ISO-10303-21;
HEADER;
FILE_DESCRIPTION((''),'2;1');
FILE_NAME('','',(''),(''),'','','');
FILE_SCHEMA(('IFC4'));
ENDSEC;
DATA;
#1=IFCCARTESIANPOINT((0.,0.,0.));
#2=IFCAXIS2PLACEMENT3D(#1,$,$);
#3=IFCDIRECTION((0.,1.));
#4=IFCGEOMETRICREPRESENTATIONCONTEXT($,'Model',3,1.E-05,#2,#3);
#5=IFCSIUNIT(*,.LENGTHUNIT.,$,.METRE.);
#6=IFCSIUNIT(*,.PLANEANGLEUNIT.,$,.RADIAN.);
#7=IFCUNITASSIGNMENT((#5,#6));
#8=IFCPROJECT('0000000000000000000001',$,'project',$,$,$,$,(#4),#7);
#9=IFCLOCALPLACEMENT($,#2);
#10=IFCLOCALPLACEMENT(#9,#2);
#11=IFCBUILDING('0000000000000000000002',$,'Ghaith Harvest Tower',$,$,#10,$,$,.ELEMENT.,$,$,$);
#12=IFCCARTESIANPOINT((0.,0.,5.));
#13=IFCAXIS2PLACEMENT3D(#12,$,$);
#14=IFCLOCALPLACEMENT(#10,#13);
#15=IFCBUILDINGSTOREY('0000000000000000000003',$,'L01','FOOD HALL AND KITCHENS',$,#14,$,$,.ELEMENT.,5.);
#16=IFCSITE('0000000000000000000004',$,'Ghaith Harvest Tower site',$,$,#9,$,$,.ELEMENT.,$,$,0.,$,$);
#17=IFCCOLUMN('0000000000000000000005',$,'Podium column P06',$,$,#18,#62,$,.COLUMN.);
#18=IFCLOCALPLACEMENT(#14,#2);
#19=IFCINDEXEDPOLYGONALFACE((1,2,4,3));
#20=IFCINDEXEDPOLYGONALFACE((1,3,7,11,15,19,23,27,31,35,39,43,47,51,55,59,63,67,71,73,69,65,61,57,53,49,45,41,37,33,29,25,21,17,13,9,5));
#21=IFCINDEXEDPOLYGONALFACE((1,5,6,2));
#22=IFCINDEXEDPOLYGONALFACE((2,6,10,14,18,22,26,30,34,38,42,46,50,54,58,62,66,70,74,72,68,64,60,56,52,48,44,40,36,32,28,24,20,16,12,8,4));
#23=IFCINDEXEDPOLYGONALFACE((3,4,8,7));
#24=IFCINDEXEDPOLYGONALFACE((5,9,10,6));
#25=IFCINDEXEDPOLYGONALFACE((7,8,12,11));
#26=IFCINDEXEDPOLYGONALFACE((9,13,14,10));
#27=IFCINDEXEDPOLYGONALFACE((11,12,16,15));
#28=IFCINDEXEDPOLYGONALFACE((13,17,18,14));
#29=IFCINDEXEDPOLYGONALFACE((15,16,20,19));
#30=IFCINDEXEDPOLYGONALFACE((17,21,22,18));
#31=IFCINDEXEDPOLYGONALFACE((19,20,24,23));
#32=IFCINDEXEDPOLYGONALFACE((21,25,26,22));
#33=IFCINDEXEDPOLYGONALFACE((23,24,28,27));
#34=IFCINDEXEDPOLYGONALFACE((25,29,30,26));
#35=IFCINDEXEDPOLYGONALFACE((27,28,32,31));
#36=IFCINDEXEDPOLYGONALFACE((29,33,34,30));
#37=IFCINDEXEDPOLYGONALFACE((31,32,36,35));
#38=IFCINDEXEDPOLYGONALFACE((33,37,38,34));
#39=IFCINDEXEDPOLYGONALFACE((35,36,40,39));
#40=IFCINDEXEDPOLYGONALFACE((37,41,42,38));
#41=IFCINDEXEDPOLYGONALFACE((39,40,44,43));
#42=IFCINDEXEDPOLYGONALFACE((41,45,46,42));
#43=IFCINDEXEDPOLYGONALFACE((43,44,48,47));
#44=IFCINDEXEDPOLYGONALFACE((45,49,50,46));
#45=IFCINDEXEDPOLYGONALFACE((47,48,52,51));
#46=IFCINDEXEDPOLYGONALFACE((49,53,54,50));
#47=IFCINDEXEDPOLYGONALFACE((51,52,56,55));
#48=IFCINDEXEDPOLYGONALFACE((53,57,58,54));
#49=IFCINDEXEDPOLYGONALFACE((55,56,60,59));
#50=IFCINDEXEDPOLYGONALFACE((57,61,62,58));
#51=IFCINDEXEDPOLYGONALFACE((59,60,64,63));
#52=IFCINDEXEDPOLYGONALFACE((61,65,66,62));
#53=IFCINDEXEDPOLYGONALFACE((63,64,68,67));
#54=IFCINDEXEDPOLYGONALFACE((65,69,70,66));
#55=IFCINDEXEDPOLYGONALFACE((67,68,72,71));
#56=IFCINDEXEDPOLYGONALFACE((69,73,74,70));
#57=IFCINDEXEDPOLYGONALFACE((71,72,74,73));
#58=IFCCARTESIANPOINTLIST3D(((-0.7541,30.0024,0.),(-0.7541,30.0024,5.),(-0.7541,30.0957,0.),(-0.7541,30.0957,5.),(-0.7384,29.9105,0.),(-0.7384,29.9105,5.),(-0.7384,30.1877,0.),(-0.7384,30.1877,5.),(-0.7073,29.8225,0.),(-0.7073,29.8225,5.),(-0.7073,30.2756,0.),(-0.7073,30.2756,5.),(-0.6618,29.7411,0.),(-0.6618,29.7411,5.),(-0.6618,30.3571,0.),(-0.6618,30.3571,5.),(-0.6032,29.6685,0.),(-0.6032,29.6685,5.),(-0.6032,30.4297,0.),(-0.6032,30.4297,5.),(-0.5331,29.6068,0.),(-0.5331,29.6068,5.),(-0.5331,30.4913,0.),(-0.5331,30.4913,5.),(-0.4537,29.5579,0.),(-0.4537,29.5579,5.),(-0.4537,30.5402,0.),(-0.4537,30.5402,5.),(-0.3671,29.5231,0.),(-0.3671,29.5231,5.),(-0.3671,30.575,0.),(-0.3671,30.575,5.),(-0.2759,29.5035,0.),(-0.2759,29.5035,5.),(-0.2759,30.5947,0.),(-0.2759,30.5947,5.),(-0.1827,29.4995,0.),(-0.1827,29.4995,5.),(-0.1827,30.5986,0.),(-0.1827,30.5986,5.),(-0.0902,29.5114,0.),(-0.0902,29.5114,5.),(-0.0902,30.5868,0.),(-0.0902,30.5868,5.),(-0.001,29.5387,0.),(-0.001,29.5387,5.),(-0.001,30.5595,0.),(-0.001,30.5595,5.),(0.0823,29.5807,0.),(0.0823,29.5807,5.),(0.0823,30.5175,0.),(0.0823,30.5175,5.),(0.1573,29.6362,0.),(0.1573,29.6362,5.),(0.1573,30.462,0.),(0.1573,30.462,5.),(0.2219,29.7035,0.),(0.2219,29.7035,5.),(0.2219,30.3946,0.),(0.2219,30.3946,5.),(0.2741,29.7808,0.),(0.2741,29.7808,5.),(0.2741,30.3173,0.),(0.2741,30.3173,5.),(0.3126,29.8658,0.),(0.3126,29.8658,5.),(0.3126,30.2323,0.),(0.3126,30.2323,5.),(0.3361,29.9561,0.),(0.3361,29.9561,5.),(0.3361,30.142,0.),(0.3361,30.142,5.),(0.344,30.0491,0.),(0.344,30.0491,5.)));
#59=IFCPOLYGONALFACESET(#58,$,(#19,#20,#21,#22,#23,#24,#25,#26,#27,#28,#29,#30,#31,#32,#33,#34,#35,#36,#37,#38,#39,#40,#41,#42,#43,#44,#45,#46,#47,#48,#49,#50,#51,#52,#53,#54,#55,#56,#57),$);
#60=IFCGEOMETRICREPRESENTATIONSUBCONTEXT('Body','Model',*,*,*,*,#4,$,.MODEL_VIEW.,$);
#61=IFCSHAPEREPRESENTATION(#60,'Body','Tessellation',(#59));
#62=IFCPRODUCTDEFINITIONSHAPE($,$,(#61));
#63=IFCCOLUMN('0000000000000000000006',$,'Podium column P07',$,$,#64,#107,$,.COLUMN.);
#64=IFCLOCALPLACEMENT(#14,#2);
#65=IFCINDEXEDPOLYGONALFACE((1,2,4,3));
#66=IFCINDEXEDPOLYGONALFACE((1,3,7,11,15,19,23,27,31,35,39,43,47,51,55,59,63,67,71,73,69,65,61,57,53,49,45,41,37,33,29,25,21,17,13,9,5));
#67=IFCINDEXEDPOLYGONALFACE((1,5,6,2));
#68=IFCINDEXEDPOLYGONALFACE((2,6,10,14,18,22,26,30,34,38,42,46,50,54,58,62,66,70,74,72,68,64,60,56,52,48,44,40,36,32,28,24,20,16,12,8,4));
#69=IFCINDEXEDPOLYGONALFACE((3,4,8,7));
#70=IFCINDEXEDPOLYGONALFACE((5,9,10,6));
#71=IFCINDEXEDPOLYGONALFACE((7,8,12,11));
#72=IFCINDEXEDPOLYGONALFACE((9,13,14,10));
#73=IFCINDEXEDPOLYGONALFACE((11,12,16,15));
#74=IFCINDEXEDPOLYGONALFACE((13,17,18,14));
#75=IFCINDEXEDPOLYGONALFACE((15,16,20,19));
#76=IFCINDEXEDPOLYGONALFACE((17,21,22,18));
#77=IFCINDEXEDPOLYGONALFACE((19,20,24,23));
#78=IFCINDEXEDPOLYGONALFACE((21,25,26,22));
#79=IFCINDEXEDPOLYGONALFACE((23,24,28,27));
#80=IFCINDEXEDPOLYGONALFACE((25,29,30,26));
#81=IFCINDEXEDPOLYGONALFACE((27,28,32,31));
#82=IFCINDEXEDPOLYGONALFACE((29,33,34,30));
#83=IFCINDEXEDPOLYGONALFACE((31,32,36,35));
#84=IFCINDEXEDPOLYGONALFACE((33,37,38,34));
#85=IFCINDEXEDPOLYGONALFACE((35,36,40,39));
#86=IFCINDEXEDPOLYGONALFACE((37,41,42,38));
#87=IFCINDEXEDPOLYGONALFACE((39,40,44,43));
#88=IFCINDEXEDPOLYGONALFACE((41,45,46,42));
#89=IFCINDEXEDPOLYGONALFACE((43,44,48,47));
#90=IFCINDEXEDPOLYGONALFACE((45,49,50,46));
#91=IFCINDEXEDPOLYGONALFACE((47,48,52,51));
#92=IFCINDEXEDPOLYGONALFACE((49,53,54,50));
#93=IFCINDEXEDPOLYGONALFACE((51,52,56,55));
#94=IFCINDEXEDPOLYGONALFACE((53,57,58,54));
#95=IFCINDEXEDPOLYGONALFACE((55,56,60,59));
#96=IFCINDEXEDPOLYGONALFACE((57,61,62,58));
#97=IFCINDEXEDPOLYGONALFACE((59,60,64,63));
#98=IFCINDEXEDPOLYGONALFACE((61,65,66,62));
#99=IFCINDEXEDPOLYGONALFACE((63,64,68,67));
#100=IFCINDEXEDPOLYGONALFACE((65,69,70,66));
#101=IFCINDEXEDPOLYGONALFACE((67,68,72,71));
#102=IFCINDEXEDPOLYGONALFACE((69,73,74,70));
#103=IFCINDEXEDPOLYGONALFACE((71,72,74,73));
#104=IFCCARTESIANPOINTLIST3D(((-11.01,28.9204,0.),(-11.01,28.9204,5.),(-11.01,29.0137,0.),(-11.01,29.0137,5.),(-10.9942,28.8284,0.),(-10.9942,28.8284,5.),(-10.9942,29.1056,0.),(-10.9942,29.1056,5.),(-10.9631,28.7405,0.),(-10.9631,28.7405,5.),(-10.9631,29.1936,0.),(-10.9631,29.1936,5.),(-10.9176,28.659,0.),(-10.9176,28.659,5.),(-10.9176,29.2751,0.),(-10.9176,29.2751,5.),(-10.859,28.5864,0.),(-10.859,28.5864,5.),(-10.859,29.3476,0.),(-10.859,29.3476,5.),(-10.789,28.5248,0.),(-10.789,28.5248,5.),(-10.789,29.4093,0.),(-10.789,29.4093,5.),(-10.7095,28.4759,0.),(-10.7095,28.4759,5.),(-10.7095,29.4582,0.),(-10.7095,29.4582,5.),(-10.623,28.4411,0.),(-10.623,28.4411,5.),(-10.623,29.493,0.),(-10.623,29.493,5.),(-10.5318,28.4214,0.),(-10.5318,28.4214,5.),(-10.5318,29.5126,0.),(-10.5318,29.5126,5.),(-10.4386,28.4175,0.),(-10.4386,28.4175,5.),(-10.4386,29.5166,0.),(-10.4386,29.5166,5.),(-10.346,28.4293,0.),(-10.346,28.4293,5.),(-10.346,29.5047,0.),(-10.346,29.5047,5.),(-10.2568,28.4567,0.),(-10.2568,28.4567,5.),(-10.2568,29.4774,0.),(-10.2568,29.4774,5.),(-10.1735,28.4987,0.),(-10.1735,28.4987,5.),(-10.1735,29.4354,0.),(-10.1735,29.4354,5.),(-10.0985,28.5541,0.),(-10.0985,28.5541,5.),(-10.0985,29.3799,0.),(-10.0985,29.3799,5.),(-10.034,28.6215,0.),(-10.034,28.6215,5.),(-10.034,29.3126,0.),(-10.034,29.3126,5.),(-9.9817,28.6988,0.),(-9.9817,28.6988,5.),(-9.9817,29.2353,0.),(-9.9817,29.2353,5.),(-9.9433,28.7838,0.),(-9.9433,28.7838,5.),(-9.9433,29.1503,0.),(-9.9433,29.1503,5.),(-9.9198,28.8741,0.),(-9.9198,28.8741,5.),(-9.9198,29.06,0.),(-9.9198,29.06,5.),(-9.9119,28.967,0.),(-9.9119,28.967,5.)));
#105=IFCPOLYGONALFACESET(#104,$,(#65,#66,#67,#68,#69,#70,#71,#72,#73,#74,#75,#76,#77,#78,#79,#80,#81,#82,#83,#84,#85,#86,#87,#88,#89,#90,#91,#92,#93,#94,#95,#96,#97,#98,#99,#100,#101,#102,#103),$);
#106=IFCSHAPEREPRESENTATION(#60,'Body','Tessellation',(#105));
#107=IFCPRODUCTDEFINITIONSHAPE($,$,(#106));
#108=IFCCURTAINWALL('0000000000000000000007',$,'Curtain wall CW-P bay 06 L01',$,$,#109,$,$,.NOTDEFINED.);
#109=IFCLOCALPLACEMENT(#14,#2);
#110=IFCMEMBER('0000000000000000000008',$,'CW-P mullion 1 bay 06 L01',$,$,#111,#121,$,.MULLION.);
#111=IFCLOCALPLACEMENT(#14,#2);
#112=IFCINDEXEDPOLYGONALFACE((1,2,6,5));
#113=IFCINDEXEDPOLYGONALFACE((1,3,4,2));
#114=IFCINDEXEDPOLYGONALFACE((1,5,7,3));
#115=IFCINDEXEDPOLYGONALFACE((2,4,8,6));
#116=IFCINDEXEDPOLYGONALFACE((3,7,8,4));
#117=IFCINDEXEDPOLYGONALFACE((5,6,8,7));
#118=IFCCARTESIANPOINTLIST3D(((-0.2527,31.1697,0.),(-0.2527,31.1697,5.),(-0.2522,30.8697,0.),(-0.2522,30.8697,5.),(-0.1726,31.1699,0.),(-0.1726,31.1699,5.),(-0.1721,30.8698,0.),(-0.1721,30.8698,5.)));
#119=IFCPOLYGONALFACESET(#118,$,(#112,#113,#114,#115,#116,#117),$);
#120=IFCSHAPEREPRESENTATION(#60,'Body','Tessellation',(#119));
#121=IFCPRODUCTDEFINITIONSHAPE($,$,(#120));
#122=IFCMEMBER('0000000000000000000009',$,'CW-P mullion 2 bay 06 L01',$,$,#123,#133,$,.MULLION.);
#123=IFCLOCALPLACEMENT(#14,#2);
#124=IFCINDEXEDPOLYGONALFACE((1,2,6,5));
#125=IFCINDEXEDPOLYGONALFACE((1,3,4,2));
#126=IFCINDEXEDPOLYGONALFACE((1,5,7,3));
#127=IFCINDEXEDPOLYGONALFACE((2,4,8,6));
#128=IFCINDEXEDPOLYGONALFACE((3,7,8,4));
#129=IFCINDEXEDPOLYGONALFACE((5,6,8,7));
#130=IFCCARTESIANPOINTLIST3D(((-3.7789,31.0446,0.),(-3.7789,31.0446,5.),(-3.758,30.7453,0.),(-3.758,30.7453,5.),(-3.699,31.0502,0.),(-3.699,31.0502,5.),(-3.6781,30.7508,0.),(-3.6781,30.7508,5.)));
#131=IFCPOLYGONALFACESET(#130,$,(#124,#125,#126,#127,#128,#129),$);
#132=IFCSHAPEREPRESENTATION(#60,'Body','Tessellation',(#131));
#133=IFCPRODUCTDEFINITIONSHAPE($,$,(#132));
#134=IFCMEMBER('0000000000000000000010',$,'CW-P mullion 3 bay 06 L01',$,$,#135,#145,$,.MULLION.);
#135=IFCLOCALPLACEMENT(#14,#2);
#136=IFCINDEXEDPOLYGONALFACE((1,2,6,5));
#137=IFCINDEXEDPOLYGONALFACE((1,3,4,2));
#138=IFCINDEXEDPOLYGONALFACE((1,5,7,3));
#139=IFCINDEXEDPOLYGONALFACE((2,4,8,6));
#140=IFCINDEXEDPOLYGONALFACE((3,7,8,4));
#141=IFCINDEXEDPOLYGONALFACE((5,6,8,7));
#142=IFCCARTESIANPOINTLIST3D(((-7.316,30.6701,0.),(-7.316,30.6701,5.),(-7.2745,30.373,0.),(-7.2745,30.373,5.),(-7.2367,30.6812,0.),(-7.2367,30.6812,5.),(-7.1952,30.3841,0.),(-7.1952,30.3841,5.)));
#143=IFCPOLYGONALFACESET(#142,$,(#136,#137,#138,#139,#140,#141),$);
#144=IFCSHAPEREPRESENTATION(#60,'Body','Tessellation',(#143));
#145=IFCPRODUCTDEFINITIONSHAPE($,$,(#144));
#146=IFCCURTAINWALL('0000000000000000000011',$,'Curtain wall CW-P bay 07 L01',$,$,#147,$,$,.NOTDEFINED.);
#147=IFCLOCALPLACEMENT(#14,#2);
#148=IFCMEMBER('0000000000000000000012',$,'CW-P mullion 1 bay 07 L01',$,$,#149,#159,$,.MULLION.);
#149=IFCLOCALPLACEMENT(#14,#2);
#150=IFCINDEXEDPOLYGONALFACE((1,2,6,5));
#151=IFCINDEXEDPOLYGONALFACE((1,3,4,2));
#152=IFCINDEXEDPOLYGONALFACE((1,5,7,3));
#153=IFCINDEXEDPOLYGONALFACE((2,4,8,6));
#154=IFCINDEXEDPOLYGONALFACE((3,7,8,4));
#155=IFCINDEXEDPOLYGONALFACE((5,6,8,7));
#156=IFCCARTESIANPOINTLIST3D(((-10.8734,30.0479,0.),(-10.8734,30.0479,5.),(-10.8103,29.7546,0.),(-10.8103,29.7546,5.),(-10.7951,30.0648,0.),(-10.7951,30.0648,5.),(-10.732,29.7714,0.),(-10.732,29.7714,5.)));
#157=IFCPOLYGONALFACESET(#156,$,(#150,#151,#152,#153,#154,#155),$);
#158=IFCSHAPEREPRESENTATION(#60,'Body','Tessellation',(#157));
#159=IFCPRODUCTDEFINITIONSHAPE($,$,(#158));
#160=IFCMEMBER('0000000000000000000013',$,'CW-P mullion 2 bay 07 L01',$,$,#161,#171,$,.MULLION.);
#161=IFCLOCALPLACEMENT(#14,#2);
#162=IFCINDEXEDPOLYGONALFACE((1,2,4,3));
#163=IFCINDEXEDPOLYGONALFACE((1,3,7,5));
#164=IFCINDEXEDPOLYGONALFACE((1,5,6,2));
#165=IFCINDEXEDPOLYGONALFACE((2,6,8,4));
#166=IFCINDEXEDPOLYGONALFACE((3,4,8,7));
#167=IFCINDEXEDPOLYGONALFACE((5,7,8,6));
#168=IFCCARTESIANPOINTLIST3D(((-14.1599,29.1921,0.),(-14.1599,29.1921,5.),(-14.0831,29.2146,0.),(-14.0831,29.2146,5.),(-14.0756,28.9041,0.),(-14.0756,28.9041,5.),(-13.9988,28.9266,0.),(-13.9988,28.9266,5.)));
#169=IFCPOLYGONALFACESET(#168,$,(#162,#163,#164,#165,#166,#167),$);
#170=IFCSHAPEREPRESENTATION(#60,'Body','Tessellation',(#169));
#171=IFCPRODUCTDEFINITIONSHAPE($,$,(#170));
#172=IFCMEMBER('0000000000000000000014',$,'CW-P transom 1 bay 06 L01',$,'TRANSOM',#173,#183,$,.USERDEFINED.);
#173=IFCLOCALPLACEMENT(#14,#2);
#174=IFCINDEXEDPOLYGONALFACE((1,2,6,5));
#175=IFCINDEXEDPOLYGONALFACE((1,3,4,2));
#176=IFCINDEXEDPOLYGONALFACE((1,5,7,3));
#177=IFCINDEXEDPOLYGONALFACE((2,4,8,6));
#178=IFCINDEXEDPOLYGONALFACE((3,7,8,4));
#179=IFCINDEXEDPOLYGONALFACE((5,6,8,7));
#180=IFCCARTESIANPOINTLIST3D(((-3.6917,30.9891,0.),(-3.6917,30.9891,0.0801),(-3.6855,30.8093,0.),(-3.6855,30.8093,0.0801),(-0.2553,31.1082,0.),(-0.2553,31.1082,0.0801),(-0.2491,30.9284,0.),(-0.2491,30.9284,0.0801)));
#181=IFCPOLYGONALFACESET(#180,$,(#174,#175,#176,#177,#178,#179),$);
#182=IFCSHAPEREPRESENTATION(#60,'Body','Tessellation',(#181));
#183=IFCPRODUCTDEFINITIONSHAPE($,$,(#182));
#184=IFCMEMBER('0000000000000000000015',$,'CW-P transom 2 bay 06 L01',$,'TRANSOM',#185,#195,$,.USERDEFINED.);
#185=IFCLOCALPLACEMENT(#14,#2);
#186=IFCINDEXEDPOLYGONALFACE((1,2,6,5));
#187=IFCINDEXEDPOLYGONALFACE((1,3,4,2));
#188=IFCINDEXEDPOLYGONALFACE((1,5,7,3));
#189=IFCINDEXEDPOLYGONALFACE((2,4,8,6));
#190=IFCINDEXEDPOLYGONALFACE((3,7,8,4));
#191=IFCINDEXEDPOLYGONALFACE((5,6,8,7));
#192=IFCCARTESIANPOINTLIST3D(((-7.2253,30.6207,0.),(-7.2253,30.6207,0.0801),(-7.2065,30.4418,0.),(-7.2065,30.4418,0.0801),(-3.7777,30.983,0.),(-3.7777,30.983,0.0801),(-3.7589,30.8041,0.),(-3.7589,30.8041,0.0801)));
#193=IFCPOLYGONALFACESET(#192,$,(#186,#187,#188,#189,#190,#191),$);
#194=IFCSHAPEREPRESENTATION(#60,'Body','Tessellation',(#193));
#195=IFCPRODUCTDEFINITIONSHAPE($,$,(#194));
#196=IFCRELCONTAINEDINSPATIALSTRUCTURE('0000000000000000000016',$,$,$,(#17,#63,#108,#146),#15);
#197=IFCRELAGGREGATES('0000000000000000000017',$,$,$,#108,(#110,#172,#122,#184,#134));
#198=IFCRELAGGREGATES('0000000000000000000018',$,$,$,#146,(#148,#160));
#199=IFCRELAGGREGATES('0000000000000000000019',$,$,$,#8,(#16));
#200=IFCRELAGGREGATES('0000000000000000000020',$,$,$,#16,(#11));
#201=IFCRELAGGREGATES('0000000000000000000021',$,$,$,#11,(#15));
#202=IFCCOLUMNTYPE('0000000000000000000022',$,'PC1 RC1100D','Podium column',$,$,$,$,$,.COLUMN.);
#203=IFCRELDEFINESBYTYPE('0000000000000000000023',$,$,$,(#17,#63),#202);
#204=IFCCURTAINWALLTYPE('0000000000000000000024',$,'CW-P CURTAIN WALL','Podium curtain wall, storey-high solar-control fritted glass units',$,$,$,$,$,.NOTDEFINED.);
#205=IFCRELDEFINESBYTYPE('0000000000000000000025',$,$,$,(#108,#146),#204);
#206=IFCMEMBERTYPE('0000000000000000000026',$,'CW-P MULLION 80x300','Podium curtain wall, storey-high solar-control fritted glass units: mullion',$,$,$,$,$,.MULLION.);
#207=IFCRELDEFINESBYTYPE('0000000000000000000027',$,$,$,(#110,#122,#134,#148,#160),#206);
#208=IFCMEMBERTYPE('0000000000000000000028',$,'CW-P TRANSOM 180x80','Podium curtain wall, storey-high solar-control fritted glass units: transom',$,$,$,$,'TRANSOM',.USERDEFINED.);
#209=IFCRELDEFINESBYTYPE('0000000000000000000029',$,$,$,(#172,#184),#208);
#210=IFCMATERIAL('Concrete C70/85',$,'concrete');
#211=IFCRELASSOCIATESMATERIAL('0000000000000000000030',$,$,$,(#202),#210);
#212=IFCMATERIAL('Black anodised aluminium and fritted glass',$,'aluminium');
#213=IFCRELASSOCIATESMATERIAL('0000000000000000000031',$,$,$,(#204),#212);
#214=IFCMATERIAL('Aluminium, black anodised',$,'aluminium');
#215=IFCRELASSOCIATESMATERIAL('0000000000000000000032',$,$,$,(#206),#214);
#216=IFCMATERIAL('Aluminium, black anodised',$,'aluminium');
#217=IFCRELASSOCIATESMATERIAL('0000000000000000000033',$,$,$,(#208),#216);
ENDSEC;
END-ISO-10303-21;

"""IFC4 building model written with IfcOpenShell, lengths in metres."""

from ifc_helpers import new_model, si_unit, direction, frame, origin, origin_2d, place, context, subcontext, project, spatial, rectangle, circle, extrude, material, material_profile, profile_set, type_object, element, aggregate, save


model = new_model("IFC4")

# Units and contexts
model_context = context("Model", 3, precision=1e-05, world=origin(), true_north=direction((0.0, 1.0)))
body_context = subcontext(model_context, "Body", "Model", "MODEL_VIEW")
ifc_project = project(units=[si_unit("LENGTHUNIT", "METRE"), si_unit("PLANEANGLEUNIT", "RADIAN")], contexts=[model_context])

# Site, building, storey
site_placement = place(None, origin())
site = spatial("IfcSite", under=ifc_project, at=site_placement, Name="Ghaith Harvest Tower site", CompositionType="ELEMENT", RefElevation=0.0)
building_placement = place(site_placement, origin())
building = spatial("IfcBuilding", under=site, at=building_placement, Name="Ghaith Harvest Tower", CompositionType="ELEMENT")
storey_placement = place(building_placement, frame((0.0, 0.0, 5.0)))
storey = spatial("IfcBuildingStorey", under=building, at=storey_placement, Name="L01", Description="FOOD HALL AND KITCHENS", CompositionType="ELEMENT", Elevation=5.0)

# Columns
ifc_material_1 = material(Name="Concrete C70/85", Category="concrete")
ifc_material_profile_1 = material_profile(ifc_material_1, circle(Radius=0.55, at=origin_2d()), Name="RC1100D")
ifc_profile_set_1 = profile_set([ifc_material_profile_1], Name="Concrete C70/85")
column_type = type_object("IfcColumnType", Name="PC1 RC1100D", Description="Podium column", PredefinedType="COLUMN", material=ifc_profile_set_1)
for number, where, z_axis, x_axis, name in (
    (1, (-0.2061, 30.0491, 0.0), (0.0, 0.0, 1.0), (1.0, 0.0, 0.0), "Podium column P06"),
    (2, (-10.4619, 28.967, 0.0), (0.0, 0.0, 1.0), (1.0, 0.0, 0.0), "Podium column P07"),
):
    element("IfcColumn", number, at=place(storey_placement, frame(where, z_axis=z_axis, x_axis=x_axis)), inside=storey, type_object=column_type, Name=name, PredefinedType="COLUMN", context=body_context, shape_type="SweptSolid", body=[
        extrude(circle(Radius=0.55, at=origin_2d()), origin(), (0.0, 0.0, 1.0), 5.0),
    ])

# Curtain walls, members
ifc_material_2 = material(Name="Black anodised aluminium and fritted glass", Category="aluminium")
curtain_wall_type = type_object("IfcCurtainWallType", Name="CW-P CURTAIN WALL", Description="Podium curtain wall, storey-high solar-control fritted glass units", PredefinedType="NOTDEFINED", material=ifc_material_2)
curtain_wall_1_placement = place(storey_placement, origin())
curtain_wall_1 = element("IfcCurtainWall", 3, at=curtain_wall_1_placement, inside=storey, type_object=curtain_wall_type, Name="Curtain wall CW-P bay 06 L01", PredefinedType="NOTDEFINED")
ifc_material_3 = material(Name="Aluminium, black anodised", Category="aluminium")
ifc_material_profile_2 = material_profile(ifc_material_3, rectangle(XDim=0.0801, YDim=0.3, at=origin_2d()), Name="CW-P MULLION 80x300")
ifc_profile_set_2 = profile_set([ifc_material_profile_2], Name="Aluminium, black anodised")
member_type_1 = type_object("IfcMemberType", Name="CW-P MULLION 80x300", Description="Podium curtain wall, storey-high solar-control fritted glass units: mullion", PredefinedType="MULLION", material=ifc_profile_set_2)
member_1_placement = place(storey_placement, frame((-0.2124, 31.0198, 0.0), z_axis=(0.0, 0.0, 1.0), x_axis=(-0.999999, -0.001546, 0.0)))
member_1 = element("IfcMember", 4, at=member_1_placement, type_object=member_type_1, Name="CW-P mullion 1 bay 06 L01", PredefinedType="MULLION", context=body_context, shape_type="SweptSolid", body=[
    extrude(rectangle(XDim=0.0801, YDim=0.3, at=origin_2d()), origin(), (0.0, 0.0, 1.0), 5.0),
])
member_2_placement = place(storey_placement, frame((-3.7285, 30.8977, 0.0), z_axis=(0.0, 0.0, 1.0), x_axis=(-0.997564, -0.069758, 0.0)))
member_2 = element("IfcMember", 5, at=member_2_placement, type_object=member_type_1, Name="CW-P mullion 2 bay 06 L01", PredefinedType="MULLION", context=body_context, shape_type="SweptSolid", body=[
    extrude(rectangle(XDim=0.0801, YDim=0.3, at=origin_2d()), origin(), (0.0, 0.0, 1.0), 5.0),
])
member_3_placement = place(storey_placement, frame((-7.2556, 30.5271, 0.0), z_axis=(0.0, 0.0, 1.0), x_axis=(-0.990386, -0.138335, 0.0)))
member_3 = element("IfcMember", 6, at=member_3_placement, type_object=member_type_1, Name="CW-P mullion 3 bay 06 L01", PredefinedType="MULLION", context=body_context, shape_type="SweptSolid", body=[
    extrude(rectangle(XDim=0.0801, YDim=0.3, at=origin_2d()), origin(), (0.0, 0.0, 1.0), 5.0),
])
curtain_wall_2_placement = place(storey_placement, origin())
curtain_wall_2 = element("IfcCurtainWall", 7, at=curtain_wall_2_placement, inside=storey, type_object=curtain_wall_type, Name="Curtain wall CW-P bay 07 L01", PredefinedType="NOTDEFINED")
member_4_placement = place(storey_placement, frame((-10.8027, 29.9097, 0.0), z_axis=(0.0, 0.0, 1.0), x_axis=(-0.977639, -0.210291, 0.0)))
member_4 = element("IfcMember", 8, at=member_4_placement, type_object=member_type_1, Name="CW-P mullion 1 bay 07 L01", PredefinedType="MULLION", context=body_context, shape_type="SweptSolid", body=[
    extrude(rectangle(XDim=0.0801, YDim=0.3, at=origin_2d()), origin(), (0.0, 0.0, 1.0), 5.0),
])
member_5_placement = place(storey_placement, frame((-14.0793, 29.0593, 0.0), z_axis=(0.0, 0.0, 1.0), x_axis=(-0.959733, -0.280913, 0.0)))
member_5 = element("IfcMember", 9, at=member_5_placement, type_object=member_type_1, Name="CW-P mullion 2 bay 07 L01", PredefinedType="MULLION", context=body_context, shape_type="SweptSolid", body=[
    extrude(rectangle(XDim=0.0801, YDim=0.3, at=origin_2d()), origin(), (0.0, 0.0, 1.0), 5.0),
])

# Members
ifc_material_4 = material(Name="Aluminium, black anodised", Category="aluminium")
ifc_material_profile_3 = material_profile(ifc_material_4, rectangle(XDim=0.1799, YDim=0.0801, at=origin_2d()), Name="CW-P TRANSOM 180x80")
ifc_profile_set_3 = profile_set([ifc_material_profile_3], Name="Aluminium, black anodised")
member_type_2 = type_object("IfcMemberType", Name="CW-P TRANSOM 180x80", Description="Podium curtain wall, storey-high solar-control fritted glass units: transom", ElementType="TRANSOM", PredefinedType="USERDEFINED", material=ifc_profile_set_3)
member_6_placement = place(storey_placement, frame((-0.2522, 31.0183, 0.04), z_axis=(-0.9994, -0.034648, 0.0), x_axis=(0.034648, -0.9994, 0.0)))
member_6 = element("IfcMember", 10, at=member_6_placement, type_object=member_type_2, Name="CW-P transom 1 bay 06 L01", ObjectType="TRANSOM", PredefinedType="USERDEFINED", context=body_context, shape_type="SweptSolid", body=[
    extrude(rectangle(XDim=0.1799, YDim=0.0801, at=origin_2d()), origin(), (0.0, 0.0, 1.0), 3.4385),
])
member_7_placement = place(storey_placement, frame((-3.7683, 30.8936, 0.04), z_axis=(-0.994523, -0.104516, 0.0), x_axis=(0.104516, -0.994523, 0.0)))
member_7 = element("IfcMember", 11, at=member_7_placement, type_object=member_type_2, Name="CW-P transom 2 bay 06 L01", ObjectType="TRANSOM", PredefinedType="USERDEFINED", context=body_context, shape_type="SweptSolid", body=[
    extrude(rectangle(XDim=0.1799, YDim=0.0801, at=origin_2d()), origin(), (0.0, 0.0, 1.0), 3.4666),
])

aggregate(curtain_wall_1, [member_1, member_6, member_2, member_7, member_3])
aggregate(curtain_wall_2, [member_4, member_5])

save(model, "model.ifc")
